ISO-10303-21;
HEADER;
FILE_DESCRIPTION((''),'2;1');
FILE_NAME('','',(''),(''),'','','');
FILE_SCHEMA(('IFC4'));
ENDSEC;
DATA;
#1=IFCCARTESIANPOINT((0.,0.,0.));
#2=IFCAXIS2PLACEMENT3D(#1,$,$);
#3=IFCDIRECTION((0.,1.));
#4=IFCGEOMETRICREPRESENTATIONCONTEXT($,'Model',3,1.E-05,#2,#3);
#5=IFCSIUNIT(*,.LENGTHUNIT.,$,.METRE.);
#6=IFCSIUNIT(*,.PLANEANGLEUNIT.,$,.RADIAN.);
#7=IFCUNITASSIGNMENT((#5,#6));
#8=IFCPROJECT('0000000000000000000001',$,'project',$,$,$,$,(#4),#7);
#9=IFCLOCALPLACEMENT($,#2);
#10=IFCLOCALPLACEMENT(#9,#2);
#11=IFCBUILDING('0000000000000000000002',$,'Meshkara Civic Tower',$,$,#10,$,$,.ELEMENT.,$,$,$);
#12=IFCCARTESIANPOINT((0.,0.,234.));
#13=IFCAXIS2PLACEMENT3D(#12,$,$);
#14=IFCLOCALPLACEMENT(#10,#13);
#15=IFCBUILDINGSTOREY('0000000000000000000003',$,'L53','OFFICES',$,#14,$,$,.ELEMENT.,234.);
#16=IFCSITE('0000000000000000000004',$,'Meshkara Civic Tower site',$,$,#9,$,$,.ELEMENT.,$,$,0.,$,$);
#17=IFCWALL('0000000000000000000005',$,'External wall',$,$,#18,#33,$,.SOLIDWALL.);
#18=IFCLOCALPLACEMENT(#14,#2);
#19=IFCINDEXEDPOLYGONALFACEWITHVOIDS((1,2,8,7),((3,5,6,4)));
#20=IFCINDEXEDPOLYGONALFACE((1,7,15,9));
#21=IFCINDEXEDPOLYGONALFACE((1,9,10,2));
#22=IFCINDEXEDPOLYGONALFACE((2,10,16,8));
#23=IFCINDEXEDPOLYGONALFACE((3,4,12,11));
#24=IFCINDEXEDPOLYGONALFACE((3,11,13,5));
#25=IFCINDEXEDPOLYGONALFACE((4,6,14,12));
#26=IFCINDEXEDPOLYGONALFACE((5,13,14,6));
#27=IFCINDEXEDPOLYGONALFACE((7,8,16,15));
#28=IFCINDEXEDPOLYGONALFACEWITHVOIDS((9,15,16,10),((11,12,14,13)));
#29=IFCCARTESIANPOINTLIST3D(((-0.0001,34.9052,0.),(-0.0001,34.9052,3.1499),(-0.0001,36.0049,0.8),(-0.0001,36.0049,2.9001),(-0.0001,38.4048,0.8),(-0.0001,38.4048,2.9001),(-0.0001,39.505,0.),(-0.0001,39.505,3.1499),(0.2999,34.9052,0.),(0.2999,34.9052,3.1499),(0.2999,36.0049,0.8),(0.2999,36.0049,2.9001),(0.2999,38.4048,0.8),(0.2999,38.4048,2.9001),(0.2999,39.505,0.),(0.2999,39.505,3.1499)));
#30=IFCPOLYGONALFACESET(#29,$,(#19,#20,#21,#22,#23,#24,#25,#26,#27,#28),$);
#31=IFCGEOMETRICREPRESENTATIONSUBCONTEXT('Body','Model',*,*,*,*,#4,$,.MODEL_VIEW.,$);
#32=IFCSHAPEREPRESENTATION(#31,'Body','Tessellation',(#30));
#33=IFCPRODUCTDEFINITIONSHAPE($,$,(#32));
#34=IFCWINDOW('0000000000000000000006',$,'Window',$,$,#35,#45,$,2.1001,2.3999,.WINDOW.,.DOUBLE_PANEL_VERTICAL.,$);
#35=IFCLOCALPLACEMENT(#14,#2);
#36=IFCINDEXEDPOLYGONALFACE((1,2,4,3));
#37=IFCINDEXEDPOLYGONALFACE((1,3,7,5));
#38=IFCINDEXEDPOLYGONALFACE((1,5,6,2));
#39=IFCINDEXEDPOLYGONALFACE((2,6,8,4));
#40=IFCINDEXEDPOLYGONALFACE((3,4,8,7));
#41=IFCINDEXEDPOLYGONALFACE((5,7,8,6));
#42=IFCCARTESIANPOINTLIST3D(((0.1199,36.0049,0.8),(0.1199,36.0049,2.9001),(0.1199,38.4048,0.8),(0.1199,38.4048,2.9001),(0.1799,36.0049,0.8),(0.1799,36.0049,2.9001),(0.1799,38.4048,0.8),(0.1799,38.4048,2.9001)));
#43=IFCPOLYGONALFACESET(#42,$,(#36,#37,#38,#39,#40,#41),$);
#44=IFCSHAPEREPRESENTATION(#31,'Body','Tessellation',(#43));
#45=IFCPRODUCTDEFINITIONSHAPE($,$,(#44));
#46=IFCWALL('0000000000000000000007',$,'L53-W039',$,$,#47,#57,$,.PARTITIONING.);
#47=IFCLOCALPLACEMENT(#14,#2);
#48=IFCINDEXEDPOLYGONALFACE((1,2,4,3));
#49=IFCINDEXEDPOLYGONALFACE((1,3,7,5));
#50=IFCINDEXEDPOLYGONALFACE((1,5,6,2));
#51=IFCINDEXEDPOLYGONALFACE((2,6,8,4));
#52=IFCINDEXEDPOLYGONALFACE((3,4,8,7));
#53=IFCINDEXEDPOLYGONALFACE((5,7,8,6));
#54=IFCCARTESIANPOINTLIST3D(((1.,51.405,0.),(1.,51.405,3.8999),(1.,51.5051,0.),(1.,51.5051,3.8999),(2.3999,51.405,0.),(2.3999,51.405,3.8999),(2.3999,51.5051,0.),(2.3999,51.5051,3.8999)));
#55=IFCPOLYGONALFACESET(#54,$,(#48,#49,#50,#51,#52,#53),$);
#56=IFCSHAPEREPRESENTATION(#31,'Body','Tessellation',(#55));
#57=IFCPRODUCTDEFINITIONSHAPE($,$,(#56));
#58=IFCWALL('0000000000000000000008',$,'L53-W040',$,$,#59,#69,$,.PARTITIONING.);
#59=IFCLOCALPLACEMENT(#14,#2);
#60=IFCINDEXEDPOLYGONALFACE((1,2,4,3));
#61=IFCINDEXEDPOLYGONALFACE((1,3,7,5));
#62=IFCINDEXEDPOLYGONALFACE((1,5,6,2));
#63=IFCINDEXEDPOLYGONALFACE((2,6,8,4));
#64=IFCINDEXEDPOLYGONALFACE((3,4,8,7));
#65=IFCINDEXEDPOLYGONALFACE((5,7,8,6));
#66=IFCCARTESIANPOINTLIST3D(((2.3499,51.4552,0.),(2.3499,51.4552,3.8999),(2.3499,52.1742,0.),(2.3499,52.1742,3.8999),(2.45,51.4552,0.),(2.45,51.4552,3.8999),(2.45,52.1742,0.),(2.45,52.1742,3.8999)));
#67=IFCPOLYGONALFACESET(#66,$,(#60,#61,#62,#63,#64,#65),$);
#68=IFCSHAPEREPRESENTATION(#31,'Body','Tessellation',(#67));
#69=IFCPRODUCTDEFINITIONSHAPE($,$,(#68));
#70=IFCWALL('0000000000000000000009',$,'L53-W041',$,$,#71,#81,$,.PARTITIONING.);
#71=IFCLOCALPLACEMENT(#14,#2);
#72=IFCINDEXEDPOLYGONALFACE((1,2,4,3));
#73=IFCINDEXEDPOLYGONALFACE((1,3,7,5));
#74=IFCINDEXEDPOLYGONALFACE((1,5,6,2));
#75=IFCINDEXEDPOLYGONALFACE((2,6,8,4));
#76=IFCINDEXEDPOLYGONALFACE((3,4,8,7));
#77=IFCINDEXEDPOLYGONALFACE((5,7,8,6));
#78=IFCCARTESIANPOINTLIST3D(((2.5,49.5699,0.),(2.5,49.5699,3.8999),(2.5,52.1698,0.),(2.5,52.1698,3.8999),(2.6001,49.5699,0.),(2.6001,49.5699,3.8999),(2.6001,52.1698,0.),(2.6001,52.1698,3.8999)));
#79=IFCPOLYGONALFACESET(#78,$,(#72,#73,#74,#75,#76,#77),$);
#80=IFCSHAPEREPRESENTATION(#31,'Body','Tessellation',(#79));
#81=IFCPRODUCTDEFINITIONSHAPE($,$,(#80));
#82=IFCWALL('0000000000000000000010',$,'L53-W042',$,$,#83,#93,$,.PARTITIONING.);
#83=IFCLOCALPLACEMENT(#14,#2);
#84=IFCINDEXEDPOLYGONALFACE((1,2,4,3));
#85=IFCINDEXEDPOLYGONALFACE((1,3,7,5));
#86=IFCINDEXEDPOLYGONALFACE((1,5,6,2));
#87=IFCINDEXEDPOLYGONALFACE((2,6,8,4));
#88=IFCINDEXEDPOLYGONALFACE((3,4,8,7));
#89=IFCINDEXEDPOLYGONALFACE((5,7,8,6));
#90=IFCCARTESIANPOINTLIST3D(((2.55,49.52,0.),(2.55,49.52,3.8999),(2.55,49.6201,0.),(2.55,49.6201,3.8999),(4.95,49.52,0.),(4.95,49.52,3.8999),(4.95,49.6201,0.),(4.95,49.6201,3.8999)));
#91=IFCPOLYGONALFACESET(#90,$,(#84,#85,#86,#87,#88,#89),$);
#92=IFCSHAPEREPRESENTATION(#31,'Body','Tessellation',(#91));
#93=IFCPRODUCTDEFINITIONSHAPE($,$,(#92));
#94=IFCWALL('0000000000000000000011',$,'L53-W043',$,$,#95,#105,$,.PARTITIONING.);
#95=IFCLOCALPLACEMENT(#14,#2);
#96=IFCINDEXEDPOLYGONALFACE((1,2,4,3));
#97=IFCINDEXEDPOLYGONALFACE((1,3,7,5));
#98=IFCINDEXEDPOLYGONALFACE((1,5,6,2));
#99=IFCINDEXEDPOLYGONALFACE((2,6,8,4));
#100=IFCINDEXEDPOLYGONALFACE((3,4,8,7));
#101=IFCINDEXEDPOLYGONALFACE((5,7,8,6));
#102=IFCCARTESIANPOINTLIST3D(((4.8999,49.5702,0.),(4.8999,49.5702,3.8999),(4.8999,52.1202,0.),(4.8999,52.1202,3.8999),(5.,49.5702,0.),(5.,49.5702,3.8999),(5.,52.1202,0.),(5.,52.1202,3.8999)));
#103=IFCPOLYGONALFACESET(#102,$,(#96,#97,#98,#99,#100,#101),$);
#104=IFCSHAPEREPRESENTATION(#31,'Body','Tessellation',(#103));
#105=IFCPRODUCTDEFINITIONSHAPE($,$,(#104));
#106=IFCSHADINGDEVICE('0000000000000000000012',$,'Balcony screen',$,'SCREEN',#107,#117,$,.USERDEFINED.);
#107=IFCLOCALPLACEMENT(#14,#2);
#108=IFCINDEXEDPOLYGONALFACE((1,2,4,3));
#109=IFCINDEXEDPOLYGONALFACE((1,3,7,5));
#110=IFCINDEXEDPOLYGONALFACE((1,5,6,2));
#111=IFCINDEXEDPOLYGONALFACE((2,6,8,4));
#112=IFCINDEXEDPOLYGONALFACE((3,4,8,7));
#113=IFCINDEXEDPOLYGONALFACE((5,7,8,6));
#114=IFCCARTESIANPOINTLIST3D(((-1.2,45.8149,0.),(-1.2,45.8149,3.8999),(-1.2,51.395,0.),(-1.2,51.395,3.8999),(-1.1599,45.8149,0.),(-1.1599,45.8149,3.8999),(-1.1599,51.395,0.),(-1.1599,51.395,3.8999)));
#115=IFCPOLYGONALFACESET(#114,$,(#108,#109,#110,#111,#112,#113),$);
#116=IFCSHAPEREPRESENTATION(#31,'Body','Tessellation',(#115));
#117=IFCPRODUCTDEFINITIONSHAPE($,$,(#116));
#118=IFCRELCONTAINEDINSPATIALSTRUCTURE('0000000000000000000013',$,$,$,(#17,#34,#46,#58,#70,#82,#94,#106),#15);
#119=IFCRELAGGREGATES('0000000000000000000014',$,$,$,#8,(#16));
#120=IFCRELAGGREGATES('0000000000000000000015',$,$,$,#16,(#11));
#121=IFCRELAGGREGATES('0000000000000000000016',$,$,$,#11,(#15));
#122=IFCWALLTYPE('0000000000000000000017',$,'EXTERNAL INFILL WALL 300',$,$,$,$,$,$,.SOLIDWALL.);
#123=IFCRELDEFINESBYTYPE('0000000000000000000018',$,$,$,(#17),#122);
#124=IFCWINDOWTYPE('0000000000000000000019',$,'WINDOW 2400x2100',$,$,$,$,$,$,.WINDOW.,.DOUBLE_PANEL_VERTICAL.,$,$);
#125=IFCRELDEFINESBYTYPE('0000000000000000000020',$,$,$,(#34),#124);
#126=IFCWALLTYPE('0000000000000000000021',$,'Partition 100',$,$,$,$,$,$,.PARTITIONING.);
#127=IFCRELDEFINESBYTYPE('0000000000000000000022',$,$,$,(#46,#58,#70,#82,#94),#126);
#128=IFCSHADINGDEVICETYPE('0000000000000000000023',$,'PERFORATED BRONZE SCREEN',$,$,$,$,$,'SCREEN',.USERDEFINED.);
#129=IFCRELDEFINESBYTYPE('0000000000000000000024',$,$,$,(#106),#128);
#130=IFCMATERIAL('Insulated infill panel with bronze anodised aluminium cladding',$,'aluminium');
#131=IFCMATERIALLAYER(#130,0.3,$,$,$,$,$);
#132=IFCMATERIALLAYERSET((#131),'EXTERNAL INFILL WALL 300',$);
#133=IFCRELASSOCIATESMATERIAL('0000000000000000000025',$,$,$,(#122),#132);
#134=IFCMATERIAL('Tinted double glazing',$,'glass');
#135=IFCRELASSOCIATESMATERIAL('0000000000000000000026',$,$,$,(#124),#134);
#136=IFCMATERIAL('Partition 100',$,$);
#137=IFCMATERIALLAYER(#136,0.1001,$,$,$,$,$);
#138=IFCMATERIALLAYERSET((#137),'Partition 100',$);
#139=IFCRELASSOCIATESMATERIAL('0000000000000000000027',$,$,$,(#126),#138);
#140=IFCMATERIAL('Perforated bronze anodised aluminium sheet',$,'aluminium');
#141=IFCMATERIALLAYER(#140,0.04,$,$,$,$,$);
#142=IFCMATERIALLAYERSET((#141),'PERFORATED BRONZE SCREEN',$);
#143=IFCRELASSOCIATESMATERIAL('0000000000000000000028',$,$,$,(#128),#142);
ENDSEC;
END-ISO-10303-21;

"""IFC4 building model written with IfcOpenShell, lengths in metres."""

from ifc_helpers import new_model, si_unit, direction, frame, frame_2d, origin, origin_2d, place, context, subcontext, project, spatial, rectangle, extrude, material, layer, layer_set, type_object, element, fill, save


model = new_model("IFC4")

# Units and contexts
model_context = context("Model", 3, precision=1e-05, world=origin(), true_north=direction((0.0, 1.0)))
body_context = subcontext(model_context, "Body", "Model", "MODEL_VIEW")
ifc_project = project(units=[si_unit("LENGTHUNIT", "METRE"), si_unit("PLANEANGLEUNIT", "RADIAN")], contexts=[model_context])

# Site, building, storey
site_placement = place(None, origin())
site = spatial("IfcSite", under=ifc_project, at=site_placement, Name="Meshkara Civic Tower site", CompositionType="ELEMENT", RefElevation=0.0)
building_placement = place(site_placement, origin())
building = spatial("IfcBuilding", under=site, at=building_placement, Name="Meshkara Civic Tower", CompositionType="ELEMENT")
storey_placement = place(building_placement, frame((0.0, 0.0, 234.0)))
storey = spatial("IfcBuildingStorey", under=building, at=storey_placement, Name="L53", Description="OFFICES", CompositionType="ELEMENT", Elevation=234.0)

# Wall, opening, window
ifc_material_1 = material(Name="Insulated infill panel with bronze anodised aluminium cladding", Category="aluminium")
ifc_layer_1 = layer(ifc_material_1, 0.3)
ifc_layer_set_1 = layer_set([ifc_layer_1], Name="EXTERNAL INFILL WALL 300")
wall_type_1 = type_object("IfcWallType", Name="EXTERNAL INFILL WALL 300", PredefinedType="SOLIDWALL", material=ifc_layer_set_1)
ifc_material_2 = material(Name="Tinted double glazing", Category="glass")
window_type = type_object("IfcWindowType", Name="WINDOW 2400x2100", PartitioningType="DOUBLE_PANEL_VERTICAL", PredefinedType="WINDOW", material=ifc_material_2)
wall_1_placement = place(storey_placement, frame((0.1499, 39.5049, 0.0), z_axis=(0.0, 0.0, 1.0), x_axis=(0.0, -1.0, 0.0)))
wall_1 = element("IfcWall", 1, at=wall_1_placement, inside=storey, type_object=wall_type_1, Name="External wall", PredefinedType="SOLIDWALL", context=body_context, shape_type="SweptSolid", body=[
    extrude(rectangle(XDim=4.5999, YDim=0.3, at=frame_2d((2.2998, 0.0))), origin(), (0.0, 0.0, 1.0), 3.1499),
])
opening_1_placement = place(wall_1_placement, frame((1.1001, 0.0, 0.8)))
opening_1 = element("IfcOpeningElement", 2, at=opening_1_placement, cuts=wall_1, PredefinedType="OPENING", context=body_context, shape_type="SweptSolid", body=[
    extrude(rectangle(XDim=2.3999, YDim=2.1001, at=frame_2d((1.2, 1.05))), frame((0.0, 0.1599, 0.0), z_axis=(0.0, -1.0, 0.0), x_axis=(1.0, 0.0, 0.0)), (0.0, 0.0, 1.0), 0.3201),
])
window_1_placement = place(opening_1_placement, origin())
window_1 = element("IfcWindow", 3, at=window_1_placement, inside=storey, type_object=window_type, Name="Window", OverallHeight=2.1001, OverallWidth=2.3999, PartitioningType="DOUBLE_PANEL_VERTICAL", PredefinedType="WINDOW", context=body_context, shape_type="SweptSolid", body=[
    extrude(rectangle(XDim=2.3999, YDim=2.1001, at=frame_2d((1.2, 1.05))), frame((0.0, 0.03, 0.0), z_axis=(0.0, -1.0, 0.0), x_axis=(1.0, 0.0, 0.0)), (0.0, 0.0, 1.0), 0.0601),
])
fill(opening_1, window_1)

# Walls
ifc_material_3 = material(Name="Partition 100")
ifc_layer_2 = layer(ifc_material_3, 0.1001)
ifc_layer_set_2 = layer_set([ifc_layer_2], Name="Partition 100")
wall_type_2 = type_object("IfcWallType", Name="Partition 100", PredefinedType="PARTITIONING", material=ifc_layer_set_2)
wall_2_placement = place(storey_placement, frame((2.3999, 51.4551, 0.0), z_axis=(0.0, 0.0, 1.0), x_axis=(-1.0, 0.0, 0.0)))
element("IfcWall", 4, at=wall_2_placement, inside=storey, type_object=wall_type_2, Name="L53-W039", PredefinedType="PARTITIONING", context=body_context, shape_type="SweptSolid", body=[
    extrude(rectangle(XDim=1.3999, YDim=0.1001, at=frame_2d((0.7, 0.0))), origin(), (0.0, 0.0, 1.0), 3.8999),
])
wall_3_placement = place(storey_placement, frame((2.3999, 52.1741, 0.0), z_axis=(0.0, 0.0, 1.0), x_axis=(0.0, -1.0, 0.0)))
element("IfcWall", 5, at=wall_3_placement, inside=storey, type_object=wall_type_2, Name="L53-W040", PredefinedType="PARTITIONING", context=body_context, shape_type="SweptSolid", body=[
    extrude(rectangle(XDim=0.719, YDim=0.1001, at=frame_2d((0.3594, 0.0))), origin(), (0.0, 0.0, 1.0), 3.8999),
])
wall_4_placement = place(storey_placement, frame((2.55, 49.5701, 0.0), z_axis=(0.0, 0.0, 1.0), x_axis=(0.0, 1.0, 0.0)))
element("IfcWall", 6, at=wall_4_placement, inside=storey, type_object=wall_type_2, Name="L53-W041", PredefinedType="PARTITIONING", context=body_context, shape_type="SweptSolid", body=[
    extrude(rectangle(XDim=2.5999, YDim=0.1001, at=frame_2d((1.2998, 0.0))), origin(), (0.0, 0.0, 1.0), 3.8999),
])
wall_5_placement = place(storey_placement, frame((4.95, 49.5701, 0.0), z_axis=(0.0, 0.0, 1.0), x_axis=(-1.0, 0.0, 0.0)))
element("IfcWall", 7, at=wall_5_placement, inside=storey, type_object=wall_type_2, Name="L53-W042", PredefinedType="PARTITIONING", context=body_context, shape_type="SweptSolid", body=[
    extrude(rectangle(XDim=2.3999, YDim=0.1001, at=frame_2d((1.2, 0.0))), origin(), (0.0, 0.0, 1.0), 3.8999),
])
wall_6_placement = place(storey_placement, frame((4.95, 52.1201, 0.0), z_axis=(0.0, 0.0, 1.0), x_axis=(0.0, -1.0, 0.0)))
element("IfcWall", 8, at=wall_6_placement, inside=storey, type_object=wall_type_2, Name="L53-W043", PredefinedType="PARTITIONING", context=body_context, shape_type="SweptSolid", body=[
    extrude(rectangle(XDim=2.55, YDim=0.1001, at=frame_2d((1.2749, 0.0))), origin(), (0.0, 0.0, 1.0), 3.8999),
])

# Shading device
ifc_material_4 = material(Name="Perforated bronze anodised aluminium sheet", Category="aluminium")
ifc_layer_3 = layer(ifc_material_4, 0.04)
ifc_layer_set_3 = layer_set([ifc_layer_3], Name="PERFORATED BRONZE SCREEN")
shading_device_type = type_object("IfcShadingDeviceType", Name="PERFORATED BRONZE SCREEN", ElementType="SCREEN", PredefinedType="USERDEFINED", material=ifc_layer_set_3)
shading_device_placement = place(storey_placement, frame((-1.1799, 48.605, 0.0), z_axis=(0.0, 0.0, 1.0), x_axis=(0.0, -1.0, 0.0)))
element("IfcShadingDevice", 9, at=shading_device_placement, inside=storey, type_object=shading_device_type, Name="Balcony screen", ObjectType="SCREEN", PredefinedType="USERDEFINED", context=body_context, shape_type="SweptSolid", body=[
    extrude(rectangle(XDim=5.5801, YDim=0.04, at=origin_2d()), origin(), (0.0, 0.0, 1.0), 3.8999),
])

save(model, "model.ifc")
